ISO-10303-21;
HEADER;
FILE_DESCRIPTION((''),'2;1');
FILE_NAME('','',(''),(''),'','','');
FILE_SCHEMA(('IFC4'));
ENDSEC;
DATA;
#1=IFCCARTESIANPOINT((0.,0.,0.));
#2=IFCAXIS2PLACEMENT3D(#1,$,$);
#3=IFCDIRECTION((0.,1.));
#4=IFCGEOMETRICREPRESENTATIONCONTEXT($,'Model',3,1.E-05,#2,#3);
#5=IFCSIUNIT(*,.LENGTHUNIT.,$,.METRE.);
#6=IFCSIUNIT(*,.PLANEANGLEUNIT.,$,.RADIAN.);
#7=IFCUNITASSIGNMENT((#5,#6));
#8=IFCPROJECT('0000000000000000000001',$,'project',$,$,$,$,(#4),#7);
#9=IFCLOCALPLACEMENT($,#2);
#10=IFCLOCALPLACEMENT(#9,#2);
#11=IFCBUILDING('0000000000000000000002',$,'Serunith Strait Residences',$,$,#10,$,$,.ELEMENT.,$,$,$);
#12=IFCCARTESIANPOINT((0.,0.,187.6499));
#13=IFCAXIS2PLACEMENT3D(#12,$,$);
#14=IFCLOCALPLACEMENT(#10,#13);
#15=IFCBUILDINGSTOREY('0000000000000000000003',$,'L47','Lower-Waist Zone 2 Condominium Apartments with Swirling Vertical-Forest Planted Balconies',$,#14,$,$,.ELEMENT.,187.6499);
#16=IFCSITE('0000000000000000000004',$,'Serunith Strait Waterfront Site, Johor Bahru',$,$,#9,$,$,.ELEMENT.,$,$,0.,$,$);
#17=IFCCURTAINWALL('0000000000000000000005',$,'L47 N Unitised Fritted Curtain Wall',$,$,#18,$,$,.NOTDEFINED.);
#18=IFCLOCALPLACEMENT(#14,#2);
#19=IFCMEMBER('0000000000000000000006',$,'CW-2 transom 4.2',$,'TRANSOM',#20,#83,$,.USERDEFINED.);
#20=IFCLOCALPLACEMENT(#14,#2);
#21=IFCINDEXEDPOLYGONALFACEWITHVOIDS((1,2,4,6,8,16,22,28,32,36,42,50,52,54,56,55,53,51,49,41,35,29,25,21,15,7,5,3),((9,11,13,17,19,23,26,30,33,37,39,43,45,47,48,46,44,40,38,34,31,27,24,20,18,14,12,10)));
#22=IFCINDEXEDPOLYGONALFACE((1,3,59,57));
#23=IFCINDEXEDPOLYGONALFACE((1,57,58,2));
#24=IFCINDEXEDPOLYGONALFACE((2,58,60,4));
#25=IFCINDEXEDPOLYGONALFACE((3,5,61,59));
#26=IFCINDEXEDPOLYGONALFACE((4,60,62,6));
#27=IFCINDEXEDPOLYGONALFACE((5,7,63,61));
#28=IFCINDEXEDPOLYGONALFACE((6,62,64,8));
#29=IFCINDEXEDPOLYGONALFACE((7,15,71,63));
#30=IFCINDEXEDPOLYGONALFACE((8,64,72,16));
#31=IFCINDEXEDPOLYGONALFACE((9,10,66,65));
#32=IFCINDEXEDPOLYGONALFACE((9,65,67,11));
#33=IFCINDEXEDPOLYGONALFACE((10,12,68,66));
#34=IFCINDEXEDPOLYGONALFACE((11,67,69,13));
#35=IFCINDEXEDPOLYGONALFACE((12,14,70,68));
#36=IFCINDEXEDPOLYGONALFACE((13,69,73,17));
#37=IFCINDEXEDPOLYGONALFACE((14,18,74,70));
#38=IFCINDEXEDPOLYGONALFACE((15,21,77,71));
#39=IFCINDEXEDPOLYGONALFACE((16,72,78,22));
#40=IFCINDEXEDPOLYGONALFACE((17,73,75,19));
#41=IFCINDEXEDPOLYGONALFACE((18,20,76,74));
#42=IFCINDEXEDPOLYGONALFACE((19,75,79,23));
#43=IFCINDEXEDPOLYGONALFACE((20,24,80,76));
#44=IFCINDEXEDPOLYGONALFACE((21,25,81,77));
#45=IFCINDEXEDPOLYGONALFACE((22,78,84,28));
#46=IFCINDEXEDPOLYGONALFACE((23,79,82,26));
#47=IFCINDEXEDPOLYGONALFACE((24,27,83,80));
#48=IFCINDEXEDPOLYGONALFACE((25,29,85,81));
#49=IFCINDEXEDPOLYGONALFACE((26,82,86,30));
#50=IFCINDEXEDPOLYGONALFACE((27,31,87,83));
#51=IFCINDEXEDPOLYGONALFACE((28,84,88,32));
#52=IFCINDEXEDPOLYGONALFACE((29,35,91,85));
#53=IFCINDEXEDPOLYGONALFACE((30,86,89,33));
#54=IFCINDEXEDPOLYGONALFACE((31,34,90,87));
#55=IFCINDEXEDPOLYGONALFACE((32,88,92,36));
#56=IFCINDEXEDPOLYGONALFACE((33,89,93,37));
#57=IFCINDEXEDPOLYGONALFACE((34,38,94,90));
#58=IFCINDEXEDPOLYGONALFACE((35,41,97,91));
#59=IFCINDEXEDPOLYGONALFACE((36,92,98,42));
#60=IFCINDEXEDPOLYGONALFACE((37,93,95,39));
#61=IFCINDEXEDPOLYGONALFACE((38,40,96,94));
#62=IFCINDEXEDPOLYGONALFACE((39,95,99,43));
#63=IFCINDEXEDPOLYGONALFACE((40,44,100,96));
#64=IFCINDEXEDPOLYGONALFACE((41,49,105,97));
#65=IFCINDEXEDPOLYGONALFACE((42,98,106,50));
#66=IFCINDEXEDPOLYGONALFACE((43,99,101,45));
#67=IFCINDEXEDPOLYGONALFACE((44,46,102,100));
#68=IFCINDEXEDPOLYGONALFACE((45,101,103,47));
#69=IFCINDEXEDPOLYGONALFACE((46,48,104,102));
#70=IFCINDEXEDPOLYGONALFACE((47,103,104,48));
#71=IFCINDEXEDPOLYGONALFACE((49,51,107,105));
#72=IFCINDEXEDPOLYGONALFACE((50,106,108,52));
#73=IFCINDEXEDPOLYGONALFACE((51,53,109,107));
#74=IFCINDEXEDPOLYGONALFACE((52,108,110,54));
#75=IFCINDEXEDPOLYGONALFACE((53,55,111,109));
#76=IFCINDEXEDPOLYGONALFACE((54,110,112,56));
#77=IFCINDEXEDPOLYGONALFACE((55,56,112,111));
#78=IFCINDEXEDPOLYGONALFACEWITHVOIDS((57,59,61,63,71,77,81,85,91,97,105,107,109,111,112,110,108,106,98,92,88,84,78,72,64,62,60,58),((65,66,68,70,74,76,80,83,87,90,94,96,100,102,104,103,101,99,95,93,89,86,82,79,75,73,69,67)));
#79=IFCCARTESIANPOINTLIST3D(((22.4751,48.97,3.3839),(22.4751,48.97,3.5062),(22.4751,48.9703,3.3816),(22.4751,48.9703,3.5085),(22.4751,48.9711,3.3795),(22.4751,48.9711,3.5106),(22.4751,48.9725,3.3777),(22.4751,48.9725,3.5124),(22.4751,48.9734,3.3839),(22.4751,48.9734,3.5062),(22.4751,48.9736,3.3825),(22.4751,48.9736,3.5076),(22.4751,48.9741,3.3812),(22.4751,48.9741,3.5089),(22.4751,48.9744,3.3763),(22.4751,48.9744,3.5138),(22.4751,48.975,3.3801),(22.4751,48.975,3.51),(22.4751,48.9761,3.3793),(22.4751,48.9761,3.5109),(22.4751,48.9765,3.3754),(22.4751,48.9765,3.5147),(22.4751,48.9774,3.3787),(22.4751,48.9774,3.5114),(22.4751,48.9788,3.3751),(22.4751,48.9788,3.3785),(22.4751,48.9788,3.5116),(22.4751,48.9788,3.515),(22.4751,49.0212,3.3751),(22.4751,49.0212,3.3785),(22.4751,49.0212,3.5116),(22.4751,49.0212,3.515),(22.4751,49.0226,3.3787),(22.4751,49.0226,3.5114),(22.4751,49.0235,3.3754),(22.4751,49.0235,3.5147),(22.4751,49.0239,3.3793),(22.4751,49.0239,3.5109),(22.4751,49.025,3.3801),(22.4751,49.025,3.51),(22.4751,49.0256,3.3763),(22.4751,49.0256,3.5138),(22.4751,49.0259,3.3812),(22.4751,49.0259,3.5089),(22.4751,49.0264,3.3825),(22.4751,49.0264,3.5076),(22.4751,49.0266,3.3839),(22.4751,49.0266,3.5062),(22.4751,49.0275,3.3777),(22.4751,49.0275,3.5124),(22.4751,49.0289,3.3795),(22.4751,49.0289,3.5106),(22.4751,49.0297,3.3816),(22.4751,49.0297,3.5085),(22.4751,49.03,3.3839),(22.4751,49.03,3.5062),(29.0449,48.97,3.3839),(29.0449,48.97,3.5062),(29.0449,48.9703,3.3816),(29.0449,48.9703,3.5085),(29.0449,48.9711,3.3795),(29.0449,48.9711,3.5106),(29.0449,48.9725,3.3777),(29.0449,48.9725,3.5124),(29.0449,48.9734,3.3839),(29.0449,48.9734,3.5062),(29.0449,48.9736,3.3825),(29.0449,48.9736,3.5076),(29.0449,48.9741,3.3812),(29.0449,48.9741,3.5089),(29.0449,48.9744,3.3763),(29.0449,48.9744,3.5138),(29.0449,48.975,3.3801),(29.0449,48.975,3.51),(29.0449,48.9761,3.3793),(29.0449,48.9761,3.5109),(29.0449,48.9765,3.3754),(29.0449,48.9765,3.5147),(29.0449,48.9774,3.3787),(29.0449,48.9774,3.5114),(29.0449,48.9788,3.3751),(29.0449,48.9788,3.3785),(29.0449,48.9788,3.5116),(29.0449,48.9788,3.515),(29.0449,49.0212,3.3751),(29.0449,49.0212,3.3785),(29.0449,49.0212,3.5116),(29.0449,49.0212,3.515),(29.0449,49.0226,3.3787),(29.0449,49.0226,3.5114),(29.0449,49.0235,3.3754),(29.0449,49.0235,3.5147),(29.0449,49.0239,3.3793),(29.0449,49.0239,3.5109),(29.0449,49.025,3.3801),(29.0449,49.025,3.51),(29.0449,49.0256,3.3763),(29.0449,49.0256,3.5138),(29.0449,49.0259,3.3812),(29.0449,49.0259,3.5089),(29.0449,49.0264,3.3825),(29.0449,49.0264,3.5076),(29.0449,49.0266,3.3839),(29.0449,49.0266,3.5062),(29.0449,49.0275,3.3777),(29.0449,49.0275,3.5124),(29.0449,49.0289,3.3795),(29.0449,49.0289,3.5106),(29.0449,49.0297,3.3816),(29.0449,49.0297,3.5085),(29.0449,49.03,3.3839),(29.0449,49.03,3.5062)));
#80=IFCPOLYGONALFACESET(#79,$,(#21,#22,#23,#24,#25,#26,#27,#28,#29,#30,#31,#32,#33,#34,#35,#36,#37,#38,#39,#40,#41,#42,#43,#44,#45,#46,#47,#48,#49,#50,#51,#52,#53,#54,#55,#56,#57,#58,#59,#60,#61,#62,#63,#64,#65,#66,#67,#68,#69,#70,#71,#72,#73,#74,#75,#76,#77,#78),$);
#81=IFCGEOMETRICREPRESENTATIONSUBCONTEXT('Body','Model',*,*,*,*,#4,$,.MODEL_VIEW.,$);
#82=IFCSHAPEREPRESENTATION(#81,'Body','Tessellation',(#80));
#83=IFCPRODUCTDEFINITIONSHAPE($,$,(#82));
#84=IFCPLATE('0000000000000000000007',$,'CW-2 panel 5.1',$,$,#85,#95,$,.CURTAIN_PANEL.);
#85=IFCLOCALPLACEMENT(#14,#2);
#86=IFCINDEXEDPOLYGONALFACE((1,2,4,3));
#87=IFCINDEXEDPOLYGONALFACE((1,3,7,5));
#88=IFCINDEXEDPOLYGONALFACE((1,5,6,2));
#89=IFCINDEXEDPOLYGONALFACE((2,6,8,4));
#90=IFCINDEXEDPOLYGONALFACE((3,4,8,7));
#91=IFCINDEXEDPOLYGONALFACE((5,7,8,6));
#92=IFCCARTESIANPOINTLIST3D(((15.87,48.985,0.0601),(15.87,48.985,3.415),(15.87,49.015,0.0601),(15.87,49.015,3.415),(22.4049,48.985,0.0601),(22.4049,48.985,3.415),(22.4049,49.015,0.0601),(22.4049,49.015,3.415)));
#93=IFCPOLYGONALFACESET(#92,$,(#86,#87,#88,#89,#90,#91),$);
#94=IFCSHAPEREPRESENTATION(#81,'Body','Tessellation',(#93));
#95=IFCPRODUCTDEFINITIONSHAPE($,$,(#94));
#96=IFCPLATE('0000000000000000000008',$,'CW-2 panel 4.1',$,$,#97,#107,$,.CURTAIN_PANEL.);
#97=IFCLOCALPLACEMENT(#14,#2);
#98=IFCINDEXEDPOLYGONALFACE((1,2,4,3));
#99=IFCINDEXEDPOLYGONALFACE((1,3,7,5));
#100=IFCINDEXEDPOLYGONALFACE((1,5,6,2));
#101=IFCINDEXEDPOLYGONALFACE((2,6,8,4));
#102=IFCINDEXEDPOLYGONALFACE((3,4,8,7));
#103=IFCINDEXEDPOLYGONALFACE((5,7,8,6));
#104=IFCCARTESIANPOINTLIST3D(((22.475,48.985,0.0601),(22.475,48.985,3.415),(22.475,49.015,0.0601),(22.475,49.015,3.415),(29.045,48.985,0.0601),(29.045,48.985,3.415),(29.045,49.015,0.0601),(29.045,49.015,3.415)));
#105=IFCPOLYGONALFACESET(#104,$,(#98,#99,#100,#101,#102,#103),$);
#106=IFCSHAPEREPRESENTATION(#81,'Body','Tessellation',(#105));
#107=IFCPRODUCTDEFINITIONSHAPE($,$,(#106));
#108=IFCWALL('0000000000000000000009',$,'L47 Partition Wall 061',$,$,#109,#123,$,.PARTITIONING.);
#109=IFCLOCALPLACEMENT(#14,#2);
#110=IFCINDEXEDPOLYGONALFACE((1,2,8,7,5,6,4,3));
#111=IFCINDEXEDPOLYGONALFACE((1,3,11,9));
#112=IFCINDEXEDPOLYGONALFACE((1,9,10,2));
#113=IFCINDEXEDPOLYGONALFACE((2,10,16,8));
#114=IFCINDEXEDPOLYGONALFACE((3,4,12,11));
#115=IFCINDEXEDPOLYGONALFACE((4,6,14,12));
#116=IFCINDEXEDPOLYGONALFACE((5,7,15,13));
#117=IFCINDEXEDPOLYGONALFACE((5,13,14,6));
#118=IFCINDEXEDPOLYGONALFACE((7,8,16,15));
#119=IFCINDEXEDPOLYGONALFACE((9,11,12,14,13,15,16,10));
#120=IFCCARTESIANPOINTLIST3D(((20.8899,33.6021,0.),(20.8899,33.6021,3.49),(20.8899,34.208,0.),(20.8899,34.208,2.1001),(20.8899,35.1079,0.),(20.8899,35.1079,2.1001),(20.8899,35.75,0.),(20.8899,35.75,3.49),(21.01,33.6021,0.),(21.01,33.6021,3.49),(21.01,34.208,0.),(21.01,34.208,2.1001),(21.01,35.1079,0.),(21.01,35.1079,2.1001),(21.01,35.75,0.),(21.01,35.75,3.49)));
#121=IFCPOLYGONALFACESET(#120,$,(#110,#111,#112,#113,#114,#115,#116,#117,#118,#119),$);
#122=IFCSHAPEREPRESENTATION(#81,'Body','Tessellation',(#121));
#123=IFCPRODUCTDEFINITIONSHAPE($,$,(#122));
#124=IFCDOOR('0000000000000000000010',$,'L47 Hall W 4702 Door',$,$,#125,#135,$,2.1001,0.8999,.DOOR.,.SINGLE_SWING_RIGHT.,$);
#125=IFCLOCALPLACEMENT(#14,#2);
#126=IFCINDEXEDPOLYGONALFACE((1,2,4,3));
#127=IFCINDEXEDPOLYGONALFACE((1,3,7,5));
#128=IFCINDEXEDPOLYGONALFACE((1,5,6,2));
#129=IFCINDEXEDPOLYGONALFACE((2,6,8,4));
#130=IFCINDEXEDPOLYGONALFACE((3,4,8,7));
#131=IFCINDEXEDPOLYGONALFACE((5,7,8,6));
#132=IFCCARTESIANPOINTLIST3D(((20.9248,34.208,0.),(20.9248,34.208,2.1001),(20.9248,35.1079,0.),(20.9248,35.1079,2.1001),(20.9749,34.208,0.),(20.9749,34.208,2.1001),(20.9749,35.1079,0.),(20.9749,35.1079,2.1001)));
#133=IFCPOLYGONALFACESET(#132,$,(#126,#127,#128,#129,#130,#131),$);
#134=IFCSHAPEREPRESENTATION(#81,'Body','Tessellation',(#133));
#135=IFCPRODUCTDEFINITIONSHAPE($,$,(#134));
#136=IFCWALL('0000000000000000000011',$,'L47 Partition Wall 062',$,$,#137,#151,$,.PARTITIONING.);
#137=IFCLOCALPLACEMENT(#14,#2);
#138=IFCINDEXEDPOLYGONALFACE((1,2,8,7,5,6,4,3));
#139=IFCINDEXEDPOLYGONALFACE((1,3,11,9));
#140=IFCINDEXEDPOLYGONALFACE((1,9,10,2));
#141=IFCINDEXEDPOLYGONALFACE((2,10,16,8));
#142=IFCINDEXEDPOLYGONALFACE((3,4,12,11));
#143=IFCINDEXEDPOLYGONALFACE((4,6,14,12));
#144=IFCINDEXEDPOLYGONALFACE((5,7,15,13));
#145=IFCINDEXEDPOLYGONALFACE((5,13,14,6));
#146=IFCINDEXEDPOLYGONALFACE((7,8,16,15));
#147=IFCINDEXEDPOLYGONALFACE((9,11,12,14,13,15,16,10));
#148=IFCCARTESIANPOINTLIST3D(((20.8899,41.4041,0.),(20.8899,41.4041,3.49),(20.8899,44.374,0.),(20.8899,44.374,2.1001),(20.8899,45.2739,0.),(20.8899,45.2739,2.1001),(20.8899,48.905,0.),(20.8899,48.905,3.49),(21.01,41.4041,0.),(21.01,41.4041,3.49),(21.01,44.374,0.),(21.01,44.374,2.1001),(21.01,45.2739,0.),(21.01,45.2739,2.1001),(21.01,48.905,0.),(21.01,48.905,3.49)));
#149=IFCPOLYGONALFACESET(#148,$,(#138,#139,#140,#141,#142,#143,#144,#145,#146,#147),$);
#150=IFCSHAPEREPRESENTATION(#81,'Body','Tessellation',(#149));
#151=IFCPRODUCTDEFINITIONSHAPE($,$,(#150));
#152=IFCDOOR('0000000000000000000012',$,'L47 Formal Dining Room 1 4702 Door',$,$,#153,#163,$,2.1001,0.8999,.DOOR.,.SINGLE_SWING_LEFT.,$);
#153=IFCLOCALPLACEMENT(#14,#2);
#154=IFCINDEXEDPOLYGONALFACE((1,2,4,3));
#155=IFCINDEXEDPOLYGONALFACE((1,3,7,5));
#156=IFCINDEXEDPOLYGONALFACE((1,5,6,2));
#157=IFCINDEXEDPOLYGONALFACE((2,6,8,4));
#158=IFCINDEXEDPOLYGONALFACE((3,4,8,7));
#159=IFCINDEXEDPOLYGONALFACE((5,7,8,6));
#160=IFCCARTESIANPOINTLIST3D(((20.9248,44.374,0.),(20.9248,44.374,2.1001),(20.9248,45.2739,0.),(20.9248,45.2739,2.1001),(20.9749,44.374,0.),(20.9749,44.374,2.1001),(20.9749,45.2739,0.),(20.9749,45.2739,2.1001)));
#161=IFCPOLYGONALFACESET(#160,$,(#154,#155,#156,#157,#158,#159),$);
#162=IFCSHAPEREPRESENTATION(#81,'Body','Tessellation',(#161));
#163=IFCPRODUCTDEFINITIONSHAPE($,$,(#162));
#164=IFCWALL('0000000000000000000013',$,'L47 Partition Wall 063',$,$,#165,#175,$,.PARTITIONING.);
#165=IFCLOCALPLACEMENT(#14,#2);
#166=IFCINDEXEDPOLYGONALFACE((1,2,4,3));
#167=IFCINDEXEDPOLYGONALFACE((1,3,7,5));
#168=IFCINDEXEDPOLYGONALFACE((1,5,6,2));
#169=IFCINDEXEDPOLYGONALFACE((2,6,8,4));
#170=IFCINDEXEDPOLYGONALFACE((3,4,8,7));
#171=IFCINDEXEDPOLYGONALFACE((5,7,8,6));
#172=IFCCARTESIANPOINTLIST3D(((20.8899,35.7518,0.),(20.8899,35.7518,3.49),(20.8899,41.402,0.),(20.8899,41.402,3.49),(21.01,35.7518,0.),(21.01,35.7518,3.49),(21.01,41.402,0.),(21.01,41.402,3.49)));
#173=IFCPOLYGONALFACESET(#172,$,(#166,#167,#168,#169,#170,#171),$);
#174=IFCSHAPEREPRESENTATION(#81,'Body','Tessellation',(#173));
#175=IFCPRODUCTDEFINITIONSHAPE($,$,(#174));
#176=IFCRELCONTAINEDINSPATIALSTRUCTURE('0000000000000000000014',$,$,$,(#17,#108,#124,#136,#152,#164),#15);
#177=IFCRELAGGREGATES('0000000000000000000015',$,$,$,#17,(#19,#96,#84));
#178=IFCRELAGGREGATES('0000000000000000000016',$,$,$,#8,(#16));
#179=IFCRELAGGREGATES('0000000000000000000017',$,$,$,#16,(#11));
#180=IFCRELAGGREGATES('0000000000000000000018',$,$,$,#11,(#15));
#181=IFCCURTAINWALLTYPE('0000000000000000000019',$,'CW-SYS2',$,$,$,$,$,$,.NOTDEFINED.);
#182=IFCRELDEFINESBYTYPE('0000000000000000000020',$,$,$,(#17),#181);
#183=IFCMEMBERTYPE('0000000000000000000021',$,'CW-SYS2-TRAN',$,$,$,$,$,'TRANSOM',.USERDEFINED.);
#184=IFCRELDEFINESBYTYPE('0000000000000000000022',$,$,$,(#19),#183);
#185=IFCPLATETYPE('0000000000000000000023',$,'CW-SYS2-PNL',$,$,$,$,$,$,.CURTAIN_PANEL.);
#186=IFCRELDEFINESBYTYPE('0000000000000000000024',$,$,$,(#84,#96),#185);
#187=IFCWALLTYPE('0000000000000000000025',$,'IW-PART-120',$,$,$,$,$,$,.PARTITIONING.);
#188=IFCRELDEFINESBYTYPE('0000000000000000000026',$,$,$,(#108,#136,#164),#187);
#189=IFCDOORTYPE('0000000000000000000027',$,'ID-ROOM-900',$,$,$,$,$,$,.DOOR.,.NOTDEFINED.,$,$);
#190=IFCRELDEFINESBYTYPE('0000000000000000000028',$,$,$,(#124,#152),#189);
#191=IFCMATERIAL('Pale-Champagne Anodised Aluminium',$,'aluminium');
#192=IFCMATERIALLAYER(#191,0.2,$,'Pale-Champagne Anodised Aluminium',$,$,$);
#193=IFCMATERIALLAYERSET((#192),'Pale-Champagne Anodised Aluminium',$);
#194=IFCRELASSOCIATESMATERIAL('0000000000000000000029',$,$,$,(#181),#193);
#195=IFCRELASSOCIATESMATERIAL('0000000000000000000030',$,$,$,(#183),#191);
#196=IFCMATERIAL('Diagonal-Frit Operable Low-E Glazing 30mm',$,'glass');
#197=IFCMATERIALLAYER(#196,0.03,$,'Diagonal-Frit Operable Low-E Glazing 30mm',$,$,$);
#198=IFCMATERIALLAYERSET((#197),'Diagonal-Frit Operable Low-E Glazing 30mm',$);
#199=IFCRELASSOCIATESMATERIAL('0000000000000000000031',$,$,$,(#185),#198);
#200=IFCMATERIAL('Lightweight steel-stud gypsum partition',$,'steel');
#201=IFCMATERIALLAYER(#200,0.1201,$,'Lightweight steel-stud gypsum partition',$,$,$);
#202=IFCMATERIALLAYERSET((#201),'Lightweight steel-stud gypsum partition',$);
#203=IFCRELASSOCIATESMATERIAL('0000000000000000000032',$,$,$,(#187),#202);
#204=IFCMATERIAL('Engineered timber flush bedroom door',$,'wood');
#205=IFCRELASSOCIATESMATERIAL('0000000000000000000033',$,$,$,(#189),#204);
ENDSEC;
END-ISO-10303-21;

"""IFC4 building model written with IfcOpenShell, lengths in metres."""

from ifc_helpers import new_model, si_unit, direction, frame, frame_2d, origin, origin_2d, place, context, subcontext, project, spatial, rectangle, hollow_rectangle, extrude, source, transform, mapped, material, layer, layer_set, material_profile, profile_set, type_object, element, fill, aggregate, save


model = new_model("IFC4")

# Units and contexts
model_context = context("Model", 3, precision=1e-05, world=origin(), true_north=direction((0.0, 1.0)))
body_context = subcontext(model_context, "Body", "Model", "MODEL_VIEW")
ifc_project = project(units=[si_unit("LENGTHUNIT", "METRE"), si_unit("PLANEANGLEUNIT", "RADIAN")], contexts=[model_context])

# Site, building, storey
site_placement = place(None, origin())
site = spatial("IfcSite", under=ifc_project, at=site_placement, Name="Serunith Strait Waterfront Site, Johor Bahru", CompositionType="ELEMENT", RefElevation=0.0)
building_placement = place(site_placement, origin())
building = spatial("IfcBuilding", under=site, at=building_placement, Name="Serunith Strait Residences", CompositionType="ELEMENT")
storey_placement = place(building_placement, frame((0.0, 0.0, 187.6499)))
storey = spatial("IfcBuildingStorey", under=building, at=storey_placement, Name="L47", Description="Lower-Waist Zone 2 Condominium Apartments with Swirling Vertical-Forest Planted Balconies", CompositionType="ELEMENT", Elevation=187.6499)

# Curtain wall, member, plates
ifc_material_1 = material(Name="Pale-Champagne Anodised Aluminium", Category="aluminium")
ifc_layer_1 = layer(ifc_material_1, 0.2, Name="Pale-Champagne Anodised Aluminium")
ifc_layer_set_1 = layer_set([ifc_layer_1], Name="Pale-Champagne Anodised Aluminium")
curtain_wall_type = type_object("IfcCurtainWallType", Name="CW-SYS2", PredefinedType="NOTDEFINED", material=ifc_layer_set_1)
curtain_wall_placement = place(storey_placement, origin())
curtain_wall = element("IfcCurtainWall", 1, at=curtain_wall_placement, inside=storey, type_object=curtain_wall_type, Name="L47 N Unitised Fritted Curtain Wall", PredefinedType="NOTDEFINED")
ifc_material_profile_1 = material_profile(ifc_material_1, hollow_rectangle(XDim=0.0601, YDim=0.1399, WallThickness=0.0034, InnerFilletRadius=0.0054, OuterFilletRadius=0.0088, at=origin_2d()), Name="ALU 140x60x3.5")
ifc_profile_set_1 = profile_set([ifc_material_profile_1], Name="Pale-Champagne Anodised Aluminium")
member_type_1 = type_object("IfcMemberType", Name="CW-SYS2-TRAN", ElementType="TRANSOM", PredefinedType="USERDEFINED", material=ifc_profile_set_1)
shared_shape_1 = source(origin(), body_context, "Body", "SweptSolid", [
    extrude(hollow_rectangle(XDim=0.0601, YDim=0.1399, WallThickness=0.0034, InnerFilletRadius=0.0054, OuterFilletRadius=0.0088, at=origin_2d()), origin(), (0.0, 0.0, 1.0), 6.5698),
])
member_1_placement = place(storey_placement, frame((29.0449, 49.0, 3.4451), z_axis=(-1.0, 0.0, 0.0), x_axis=(0.0, -1.0, 0.0)))
member_1 = element("IfcMember", 2, at=member_1_placement, type_object=member_type_1, Name="CW-2 transom 4.2", ObjectType="TRANSOM", PredefinedType="USERDEFINED", context=body_context, shape_type="MappedRepresentation", body=[
    mapped(shared_shape_1, transform((0.0, 0.0, 0.0), scale=1.0)),
])
ifc_material_2 = material(Name="Diagonal-Frit Operable Low-E Glazing 30mm", Category="glass")
ifc_layer_2 = layer(ifc_material_2, 0.03, Name="Diagonal-Frit Operable Low-E Glazing 30mm")
ifc_layer_set_2 = layer_set([ifc_layer_2], Name="Diagonal-Frit Operable Low-E Glazing 30mm")
plate_type = type_object("IfcPlateType", Name="CW-SYS2-PNL", PredefinedType="CURTAIN_PANEL", material=ifc_layer_set_2)
shared_shape_2 = source(origin(), body_context, "Body", "SweptSolid", [
    extrude(rectangle(XDim=6.5349, YDim=0.03, at=origin_2d()), origin(), (0.0, 0.0, 1.0), 3.355),
])
plate_1_placement = place(storey_placement, frame((19.1375, 49.0, 0.0601), z_axis=(0.0, 0.0, 1.0), x_axis=(-1.0, 0.0, 0.0)))
plate_1 = element("IfcPlate", 3, at=plate_1_placement, type_object=plate_type, Name="CW-2 panel 5.1", PredefinedType="CURTAIN_PANEL", context=body_context, shape_type="MappedRepresentation", body=[
    mapped(shared_shape_2, transform((0.0, 0.0, 0.0), scale=1.0)),
])
shared_shape_3 = source(origin(), body_context, "Body", "SweptSolid", [
    extrude(rectangle(XDim=6.5701, YDim=0.03, at=origin_2d()), origin(), (0.0, 0.0, 1.0), 3.355),
])
plate_2_placement = place(storey_placement, frame((25.76, 49.0, 0.0601), z_axis=(0.0, 0.0, 1.0), x_axis=(-1.0, 0.0, 0.0)))
plate_2 = element("IfcPlate", 4, at=plate_2_placement, type_object=plate_type, Name="CW-2 panel 4.1", PredefinedType="CURTAIN_PANEL", context=body_context, shape_type="MappedRepresentation", body=[
    mapped(shared_shape_3, transform((0.0, 0.0, 0.0), scale=1.0)),
])
aggregate(curtain_wall, [member_1, plate_2, plate_1])

# Walls, openings, doors
ifc_material_3 = material(Name="Lightweight steel-stud gypsum partition", Category="steel")
ifc_layer_3 = layer(ifc_material_3, 0.1201, Name="Lightweight steel-stud gypsum partition")
ifc_layer_set_3 = layer_set([ifc_layer_3], Name="Lightweight steel-stud gypsum partition")
wall_type_1 = type_object("IfcWallType", Name="IW-PART-120", PredefinedType="PARTITIONING", material=ifc_layer_set_3)
wall_1_placement = place(storey_placement, frame((20.95, 35.75, 0.0), z_axis=(0.0, 0.0, 1.0), x_axis=(0.0, -1.0, 0.0)))
wall_1 = element("IfcWall", 5, at=wall_1_placement, inside=storey, type_object=wall_type_1, Name="L47 Partition Wall 061", PredefinedType="PARTITIONING", context=body_context, shape_type="SweptSolid", body=[
    extrude(rectangle(XDim=2.1479, YDim=0.1201, at=frame_2d((1.074, 0.0))), origin(), (0.0, 0.0, 1.0), 3.49),
])
opening_1_placement = place(wall_1_placement, frame((0.6421, 0.0, 0.0)))
opening_1 = element("IfcOpeningElement", 6, at=opening_1_placement, cuts=wall_1, PredefinedType="OPENING", context=body_context, shape_type="SweptSolid", body=[
    extrude(rectangle(XDim=0.8999, YDim=2.1001, at=frame_2d((0.45, 1.05))), frame((0.0, 0.0701, 0.0), z_axis=(0.0, -1.0, 0.0), x_axis=(1.0, 0.0, 0.0)), (0.0, 0.0, 1.0), 0.1401),
])
ifc_material_4 = material(Name="Engineered timber flush bedroom door", Category="wood")
door_type_1 = type_object("IfcDoorType", Name="ID-ROOM-900", OperationType="NOTDEFINED", PredefinedType="DOOR", material=ifc_material_4)
shared_shape_4 = source(origin(), body_context, "Body", "SweptSolid", [
    extrude(rectangle(XDim=0.8999, YDim=2.1001, at=frame_2d((0.45, 1.05))), frame((0.0, 0.0249, 0.0), z_axis=(0.0, -1.0, 0.0), x_axis=(1.0, 0.0, 0.0)), (0.0, 0.0, 1.0), 0.05),
])
door_1_placement = place(opening_1_placement, origin())
door_1 = element("IfcDoor", 7, at=door_1_placement, inside=storey, type_object=door_type_1, Name="L47 Hall W 4702 Door", OperationType="SINGLE_SWING_RIGHT", OverallHeight=2.1001, OverallWidth=0.8999, PredefinedType="DOOR", context=body_context, shape_type="MappedRepresentation", body=[
    mapped(shared_shape_4, transform((0.0, 0.0, 0.0), scale=1.0)),
])
fill(opening_1, door_1)
wall_2_placement = place(storey_placement, frame((20.95, 48.905, 0.0), z_axis=(0.0, 0.0, 1.0), x_axis=(0.0, -1.0, 0.0)))
wall_2 = element("IfcWall", 8, at=wall_2_placement, inside=storey, type_object=wall_type_1, Name="L47 Partition Wall 062", PredefinedType="PARTITIONING", context=body_context, shape_type="SweptSolid", body=[
    extrude(rectangle(XDim=7.501, YDim=0.1201, at=frame_2d((3.7505, 0.0))), origin(), (0.0, 0.0, 1.0), 3.49),
])
opening_2_placement = place(wall_2_placement, frame((3.6311, 0.0, 0.0)))
opening_2 = element("IfcOpeningElement", 9, at=opening_2_placement, cuts=wall_2, PredefinedType="OPENING", context=body_context, shape_type="SweptSolid", body=[
    extrude(rectangle(XDim=0.8999, YDim=2.1001, at=frame_2d((0.45, 1.05))), frame((0.0, 0.0701, 0.0), z_axis=(0.0, -1.0, 0.0), x_axis=(1.0, 0.0, 0.0)), (0.0, 0.0, 1.0), 0.1401),
])
door_2_placement = place(opening_2_placement, origin())
door_2 = element("IfcDoor", 10, at=door_2_placement, inside=storey, type_object=door_type_1, Name="L47 Formal Dining Room 1 4702 Door", OperationType="SINGLE_SWING_LEFT", OverallHeight=2.1001, OverallWidth=0.8999, PredefinedType="DOOR", context=body_context, shape_type="MappedRepresentation", body=[
    mapped(shared_shape_4, transform((0.0, 0.0, 0.0), scale=1.0)),
])
fill(opening_2, door_2)

# Wall
wall_3_placement = place(storey_placement, frame((20.95, 41.4021, 0.0), z_axis=(0.0, 0.0, 1.0), x_axis=(0.0, -1.0, 0.0)))
element("IfcWall", 11, at=wall_3_placement, inside=storey, type_object=wall_type_1, Name="L47 Partition Wall 063", PredefinedType="PARTITIONING", context=body_context, shape_type="SweptSolid", body=[
    extrude(rectangle(XDim=5.6501, YDim=0.1201, at=frame_2d((2.8252, 0.0))), origin(), (0.0, 0.0, 1.0), 3.49),
])

save(model, "model.ifc")
